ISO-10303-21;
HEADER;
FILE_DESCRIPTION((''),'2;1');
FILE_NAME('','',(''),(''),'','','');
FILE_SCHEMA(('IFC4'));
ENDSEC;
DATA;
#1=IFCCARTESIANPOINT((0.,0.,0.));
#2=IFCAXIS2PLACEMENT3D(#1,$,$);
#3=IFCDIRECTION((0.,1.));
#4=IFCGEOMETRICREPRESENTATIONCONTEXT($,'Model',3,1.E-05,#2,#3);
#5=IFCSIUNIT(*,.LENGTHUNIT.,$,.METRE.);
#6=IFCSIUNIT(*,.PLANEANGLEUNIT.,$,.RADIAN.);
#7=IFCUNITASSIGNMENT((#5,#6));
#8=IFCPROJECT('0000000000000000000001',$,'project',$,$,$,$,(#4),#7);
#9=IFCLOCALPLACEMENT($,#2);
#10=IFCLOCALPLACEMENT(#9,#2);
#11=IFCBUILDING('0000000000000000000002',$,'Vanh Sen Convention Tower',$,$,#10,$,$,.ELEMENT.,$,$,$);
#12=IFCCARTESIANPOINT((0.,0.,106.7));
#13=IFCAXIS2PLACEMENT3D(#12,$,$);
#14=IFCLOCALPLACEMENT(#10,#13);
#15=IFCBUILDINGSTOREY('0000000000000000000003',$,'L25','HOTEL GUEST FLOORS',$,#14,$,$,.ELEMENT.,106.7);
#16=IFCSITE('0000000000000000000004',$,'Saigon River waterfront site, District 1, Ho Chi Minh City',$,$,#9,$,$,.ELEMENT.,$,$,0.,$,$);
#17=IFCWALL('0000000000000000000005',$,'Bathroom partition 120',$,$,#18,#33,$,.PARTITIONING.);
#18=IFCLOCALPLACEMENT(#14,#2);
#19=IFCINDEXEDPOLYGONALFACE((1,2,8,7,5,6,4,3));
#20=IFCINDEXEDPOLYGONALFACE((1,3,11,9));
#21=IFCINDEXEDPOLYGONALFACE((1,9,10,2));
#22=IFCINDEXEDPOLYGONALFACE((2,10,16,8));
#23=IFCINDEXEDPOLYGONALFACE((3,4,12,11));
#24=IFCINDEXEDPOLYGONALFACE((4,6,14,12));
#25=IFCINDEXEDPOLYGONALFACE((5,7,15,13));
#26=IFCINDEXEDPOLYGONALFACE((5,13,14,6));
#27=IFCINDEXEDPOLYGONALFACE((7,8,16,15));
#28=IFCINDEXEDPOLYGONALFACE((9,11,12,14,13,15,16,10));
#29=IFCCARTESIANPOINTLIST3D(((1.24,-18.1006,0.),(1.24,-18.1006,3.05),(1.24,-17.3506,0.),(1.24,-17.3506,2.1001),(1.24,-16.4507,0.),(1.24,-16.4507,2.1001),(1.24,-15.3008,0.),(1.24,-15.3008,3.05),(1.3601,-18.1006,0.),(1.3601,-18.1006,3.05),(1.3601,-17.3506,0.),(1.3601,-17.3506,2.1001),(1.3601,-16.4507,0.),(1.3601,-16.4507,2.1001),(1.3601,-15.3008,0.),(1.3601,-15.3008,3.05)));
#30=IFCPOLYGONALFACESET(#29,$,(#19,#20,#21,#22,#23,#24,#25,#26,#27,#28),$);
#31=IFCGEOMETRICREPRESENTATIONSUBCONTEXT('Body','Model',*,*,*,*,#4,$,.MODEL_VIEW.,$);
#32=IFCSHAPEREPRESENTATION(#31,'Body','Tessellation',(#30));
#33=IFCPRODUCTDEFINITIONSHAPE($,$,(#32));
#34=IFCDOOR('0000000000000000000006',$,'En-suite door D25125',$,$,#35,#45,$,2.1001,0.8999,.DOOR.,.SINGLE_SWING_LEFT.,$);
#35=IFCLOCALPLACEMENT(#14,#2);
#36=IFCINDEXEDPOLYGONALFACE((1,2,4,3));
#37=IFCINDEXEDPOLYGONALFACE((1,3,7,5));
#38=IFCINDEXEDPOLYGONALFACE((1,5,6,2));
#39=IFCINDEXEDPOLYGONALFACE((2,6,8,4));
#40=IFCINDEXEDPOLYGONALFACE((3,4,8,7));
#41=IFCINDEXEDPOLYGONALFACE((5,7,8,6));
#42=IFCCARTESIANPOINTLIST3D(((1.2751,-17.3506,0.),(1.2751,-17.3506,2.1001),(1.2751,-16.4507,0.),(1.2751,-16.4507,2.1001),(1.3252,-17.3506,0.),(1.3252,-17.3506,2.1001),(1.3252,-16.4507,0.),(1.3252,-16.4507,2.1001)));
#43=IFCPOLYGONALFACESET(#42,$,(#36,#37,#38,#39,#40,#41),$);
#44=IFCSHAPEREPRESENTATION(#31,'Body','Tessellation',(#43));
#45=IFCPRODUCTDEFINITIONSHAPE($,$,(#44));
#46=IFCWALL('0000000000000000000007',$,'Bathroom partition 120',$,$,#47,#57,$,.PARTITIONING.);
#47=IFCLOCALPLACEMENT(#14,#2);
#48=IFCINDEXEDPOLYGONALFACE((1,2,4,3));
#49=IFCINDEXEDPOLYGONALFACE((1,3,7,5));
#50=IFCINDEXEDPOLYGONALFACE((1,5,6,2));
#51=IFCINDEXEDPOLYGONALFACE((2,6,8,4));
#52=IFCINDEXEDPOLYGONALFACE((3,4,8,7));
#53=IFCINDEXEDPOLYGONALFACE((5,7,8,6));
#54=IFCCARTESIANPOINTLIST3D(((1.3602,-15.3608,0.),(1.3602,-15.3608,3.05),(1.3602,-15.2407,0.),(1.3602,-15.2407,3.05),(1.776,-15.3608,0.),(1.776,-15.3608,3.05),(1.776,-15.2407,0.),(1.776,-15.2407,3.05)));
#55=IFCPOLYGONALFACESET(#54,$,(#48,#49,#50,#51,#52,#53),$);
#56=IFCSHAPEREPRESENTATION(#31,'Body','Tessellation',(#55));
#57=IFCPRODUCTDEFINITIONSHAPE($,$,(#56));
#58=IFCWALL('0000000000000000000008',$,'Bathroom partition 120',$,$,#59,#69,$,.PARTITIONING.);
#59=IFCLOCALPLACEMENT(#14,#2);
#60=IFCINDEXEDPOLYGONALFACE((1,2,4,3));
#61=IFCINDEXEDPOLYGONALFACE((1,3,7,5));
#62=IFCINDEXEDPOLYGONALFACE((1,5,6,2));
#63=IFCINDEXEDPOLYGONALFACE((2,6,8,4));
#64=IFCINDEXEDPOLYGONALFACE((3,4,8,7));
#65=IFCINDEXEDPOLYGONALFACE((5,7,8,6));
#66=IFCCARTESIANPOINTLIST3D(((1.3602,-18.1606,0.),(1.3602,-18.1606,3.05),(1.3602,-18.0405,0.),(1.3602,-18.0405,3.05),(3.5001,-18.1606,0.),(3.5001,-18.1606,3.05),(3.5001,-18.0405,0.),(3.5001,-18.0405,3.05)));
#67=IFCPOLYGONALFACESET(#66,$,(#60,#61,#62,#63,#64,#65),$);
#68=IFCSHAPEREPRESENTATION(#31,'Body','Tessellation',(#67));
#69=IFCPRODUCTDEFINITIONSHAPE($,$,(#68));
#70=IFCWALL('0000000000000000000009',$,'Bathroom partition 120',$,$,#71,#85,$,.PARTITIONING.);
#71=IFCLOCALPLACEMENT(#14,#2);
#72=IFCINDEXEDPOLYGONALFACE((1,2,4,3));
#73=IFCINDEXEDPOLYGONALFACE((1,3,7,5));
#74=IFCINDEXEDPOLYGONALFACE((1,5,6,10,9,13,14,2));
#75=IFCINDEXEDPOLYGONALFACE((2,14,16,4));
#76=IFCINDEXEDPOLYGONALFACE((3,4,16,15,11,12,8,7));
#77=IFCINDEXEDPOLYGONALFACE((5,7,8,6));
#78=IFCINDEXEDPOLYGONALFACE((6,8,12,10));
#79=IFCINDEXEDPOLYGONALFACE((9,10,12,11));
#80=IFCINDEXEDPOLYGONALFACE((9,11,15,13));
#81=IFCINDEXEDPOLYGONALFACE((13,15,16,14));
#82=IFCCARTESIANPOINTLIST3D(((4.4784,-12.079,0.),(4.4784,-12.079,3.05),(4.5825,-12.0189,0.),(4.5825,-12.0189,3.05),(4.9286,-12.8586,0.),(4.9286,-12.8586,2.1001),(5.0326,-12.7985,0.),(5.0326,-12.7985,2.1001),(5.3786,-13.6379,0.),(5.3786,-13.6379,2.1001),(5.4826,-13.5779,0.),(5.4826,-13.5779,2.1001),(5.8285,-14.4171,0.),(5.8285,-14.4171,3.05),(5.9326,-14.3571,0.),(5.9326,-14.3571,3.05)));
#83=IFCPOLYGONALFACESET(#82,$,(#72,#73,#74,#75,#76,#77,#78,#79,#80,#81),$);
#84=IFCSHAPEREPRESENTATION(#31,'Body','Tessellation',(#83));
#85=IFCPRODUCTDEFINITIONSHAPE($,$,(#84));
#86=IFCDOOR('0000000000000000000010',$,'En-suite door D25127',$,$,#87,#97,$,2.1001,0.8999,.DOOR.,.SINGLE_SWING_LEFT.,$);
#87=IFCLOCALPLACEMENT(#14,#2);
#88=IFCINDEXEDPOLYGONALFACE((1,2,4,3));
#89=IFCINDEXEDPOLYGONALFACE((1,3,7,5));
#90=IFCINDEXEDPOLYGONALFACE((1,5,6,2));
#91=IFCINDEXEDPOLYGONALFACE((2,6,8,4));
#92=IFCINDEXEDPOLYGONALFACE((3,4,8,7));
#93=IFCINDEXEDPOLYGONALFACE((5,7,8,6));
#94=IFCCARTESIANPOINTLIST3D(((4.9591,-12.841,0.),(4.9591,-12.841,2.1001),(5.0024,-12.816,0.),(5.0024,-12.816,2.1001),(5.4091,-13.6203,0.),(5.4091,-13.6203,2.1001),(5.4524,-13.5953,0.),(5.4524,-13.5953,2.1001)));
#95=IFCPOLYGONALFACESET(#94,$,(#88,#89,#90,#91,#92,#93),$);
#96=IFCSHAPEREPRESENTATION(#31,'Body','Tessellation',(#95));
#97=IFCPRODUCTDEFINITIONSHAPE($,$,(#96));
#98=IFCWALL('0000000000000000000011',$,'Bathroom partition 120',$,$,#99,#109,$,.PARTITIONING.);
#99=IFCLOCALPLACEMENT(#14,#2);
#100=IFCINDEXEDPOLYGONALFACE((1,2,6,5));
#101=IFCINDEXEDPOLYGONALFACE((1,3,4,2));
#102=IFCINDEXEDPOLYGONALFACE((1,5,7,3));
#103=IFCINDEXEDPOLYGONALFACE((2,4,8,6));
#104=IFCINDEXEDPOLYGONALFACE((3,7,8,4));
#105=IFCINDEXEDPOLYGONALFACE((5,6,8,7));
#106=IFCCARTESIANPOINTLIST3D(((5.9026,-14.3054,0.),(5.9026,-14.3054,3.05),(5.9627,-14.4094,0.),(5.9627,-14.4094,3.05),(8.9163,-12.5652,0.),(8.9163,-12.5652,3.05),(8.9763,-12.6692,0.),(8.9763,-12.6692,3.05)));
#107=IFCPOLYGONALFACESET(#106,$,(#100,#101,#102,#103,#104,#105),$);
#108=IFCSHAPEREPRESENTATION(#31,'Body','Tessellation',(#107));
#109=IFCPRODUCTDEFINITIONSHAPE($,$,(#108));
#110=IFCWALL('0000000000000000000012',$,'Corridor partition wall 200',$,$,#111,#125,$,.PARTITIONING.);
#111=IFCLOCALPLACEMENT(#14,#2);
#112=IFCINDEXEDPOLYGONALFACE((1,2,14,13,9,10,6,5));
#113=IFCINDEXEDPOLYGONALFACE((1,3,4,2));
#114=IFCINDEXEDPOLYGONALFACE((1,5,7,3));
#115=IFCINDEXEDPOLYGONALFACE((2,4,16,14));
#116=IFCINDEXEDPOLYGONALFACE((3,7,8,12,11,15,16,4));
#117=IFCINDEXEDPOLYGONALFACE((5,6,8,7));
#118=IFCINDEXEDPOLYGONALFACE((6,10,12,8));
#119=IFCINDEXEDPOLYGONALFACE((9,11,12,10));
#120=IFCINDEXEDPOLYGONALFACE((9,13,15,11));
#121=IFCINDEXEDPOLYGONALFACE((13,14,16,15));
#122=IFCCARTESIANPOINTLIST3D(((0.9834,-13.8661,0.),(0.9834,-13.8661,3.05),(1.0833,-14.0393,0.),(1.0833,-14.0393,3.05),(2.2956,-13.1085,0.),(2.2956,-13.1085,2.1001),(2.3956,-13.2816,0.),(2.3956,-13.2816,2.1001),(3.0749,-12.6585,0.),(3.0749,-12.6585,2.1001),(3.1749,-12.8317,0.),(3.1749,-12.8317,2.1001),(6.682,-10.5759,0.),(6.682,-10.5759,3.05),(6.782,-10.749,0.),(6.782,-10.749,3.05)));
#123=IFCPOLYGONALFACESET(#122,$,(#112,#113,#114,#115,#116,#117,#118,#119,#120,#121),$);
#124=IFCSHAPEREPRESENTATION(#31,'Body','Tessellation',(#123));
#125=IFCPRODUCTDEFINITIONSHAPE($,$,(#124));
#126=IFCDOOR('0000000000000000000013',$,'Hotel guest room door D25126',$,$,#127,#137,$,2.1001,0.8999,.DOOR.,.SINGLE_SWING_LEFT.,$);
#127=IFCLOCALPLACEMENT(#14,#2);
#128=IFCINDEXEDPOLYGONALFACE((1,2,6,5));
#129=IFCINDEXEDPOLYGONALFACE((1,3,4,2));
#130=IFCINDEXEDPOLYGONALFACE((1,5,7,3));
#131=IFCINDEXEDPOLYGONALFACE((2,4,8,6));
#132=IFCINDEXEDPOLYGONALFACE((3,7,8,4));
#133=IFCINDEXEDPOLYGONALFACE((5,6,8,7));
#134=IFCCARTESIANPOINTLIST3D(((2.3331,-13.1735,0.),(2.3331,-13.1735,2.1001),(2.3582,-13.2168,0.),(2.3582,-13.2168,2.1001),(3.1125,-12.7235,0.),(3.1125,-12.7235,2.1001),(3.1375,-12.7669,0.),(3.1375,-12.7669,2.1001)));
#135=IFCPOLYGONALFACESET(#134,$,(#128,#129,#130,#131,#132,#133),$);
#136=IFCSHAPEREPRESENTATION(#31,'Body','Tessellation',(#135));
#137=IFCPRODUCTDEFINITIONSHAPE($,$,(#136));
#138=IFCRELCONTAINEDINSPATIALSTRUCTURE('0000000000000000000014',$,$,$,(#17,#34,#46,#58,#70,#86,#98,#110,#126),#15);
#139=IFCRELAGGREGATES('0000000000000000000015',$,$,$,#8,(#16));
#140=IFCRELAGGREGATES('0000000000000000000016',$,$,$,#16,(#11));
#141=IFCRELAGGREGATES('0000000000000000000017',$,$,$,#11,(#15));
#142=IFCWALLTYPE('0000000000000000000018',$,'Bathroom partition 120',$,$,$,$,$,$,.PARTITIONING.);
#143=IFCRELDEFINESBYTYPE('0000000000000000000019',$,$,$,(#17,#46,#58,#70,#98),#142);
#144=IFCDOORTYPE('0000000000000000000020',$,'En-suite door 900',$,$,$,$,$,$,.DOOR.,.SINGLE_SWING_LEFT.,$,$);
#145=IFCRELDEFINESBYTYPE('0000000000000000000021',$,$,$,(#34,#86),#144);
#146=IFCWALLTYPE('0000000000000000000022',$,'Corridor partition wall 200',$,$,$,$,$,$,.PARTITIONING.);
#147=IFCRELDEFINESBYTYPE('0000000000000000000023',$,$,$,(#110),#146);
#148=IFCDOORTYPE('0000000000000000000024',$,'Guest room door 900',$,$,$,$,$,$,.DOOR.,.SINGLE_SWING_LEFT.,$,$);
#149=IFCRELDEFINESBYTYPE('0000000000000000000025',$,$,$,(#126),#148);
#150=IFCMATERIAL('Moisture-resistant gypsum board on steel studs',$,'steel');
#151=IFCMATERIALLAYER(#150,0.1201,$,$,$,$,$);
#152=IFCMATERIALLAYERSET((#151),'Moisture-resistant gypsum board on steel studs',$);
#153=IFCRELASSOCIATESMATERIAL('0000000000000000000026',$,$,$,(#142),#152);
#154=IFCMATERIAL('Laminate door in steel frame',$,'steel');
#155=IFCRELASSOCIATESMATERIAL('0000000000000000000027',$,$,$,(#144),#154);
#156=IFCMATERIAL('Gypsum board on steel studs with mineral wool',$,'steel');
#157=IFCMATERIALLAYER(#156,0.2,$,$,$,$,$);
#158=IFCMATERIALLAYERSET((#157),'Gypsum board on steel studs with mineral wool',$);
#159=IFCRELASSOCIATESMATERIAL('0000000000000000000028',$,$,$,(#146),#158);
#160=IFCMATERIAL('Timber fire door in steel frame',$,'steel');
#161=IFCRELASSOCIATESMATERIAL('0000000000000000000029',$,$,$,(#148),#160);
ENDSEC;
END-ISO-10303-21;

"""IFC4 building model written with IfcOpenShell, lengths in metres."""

from ifc_helpers import new_model, si_unit, direction, frame, frame_2d, origin, place, context, subcontext, project, spatial, rectangle, extrude, material, layer, layer_set, type_object, element, fill, save


model = new_model("IFC4")

# Units and contexts
model_context = context("Model", 3, precision=1e-05, world=origin(), true_north=direction((0.0, 1.0)))
body_context = subcontext(model_context, "Body", "Model", "MODEL_VIEW")
ifc_project = project(units=[si_unit("LENGTHUNIT", "METRE"), si_unit("PLANEANGLEUNIT", "RADIAN")], contexts=[model_context])

# Site, building, storey
site_placement = place(None, origin())
site = spatial("IfcSite", under=ifc_project, at=site_placement, Name="Saigon River waterfront site, District 1, Ho Chi Minh City", CompositionType="ELEMENT", RefElevation=0.0)
building_placement = place(site_placement, origin())
building = spatial("IfcBuilding", under=site, at=building_placement, Name="Vanh Sen Convention Tower", CompositionType="ELEMENT")
storey_placement = place(building_placement, frame((0.0, 0.0, 106.7)))
storey = spatial("IfcBuildingStorey", under=building, at=storey_placement, Name="L25", Description="HOTEL GUEST FLOORS", CompositionType="ELEMENT", Elevation=106.7)

# Wall, opening, door
ifc_material_1 = material(Name="Moisture-resistant gypsum board on steel studs", Category="steel")
ifc_layer_1 = layer(ifc_material_1, 0.1201)
ifc_layer_set_1 = layer_set([ifc_layer_1], Name="Moisture-resistant gypsum board on steel studs")
wall_type_1 = type_object("IfcWallType", Name="Bathroom partition 120", PredefinedType="PARTITIONING", material=ifc_layer_set_1)
wall_1_placement = place(storey_placement, frame((1.3, -18.1006, 0.0), z_axis=(0.0, 0.0, 1.0), x_axis=(0.0, 1.0, 0.0)))
wall_1 = element("IfcWall", 1, at=wall_1_placement, inside=storey, type_object=wall_type_1, Name="Bathroom partition 120", PredefinedType="PARTITIONING", context=body_context, shape_type="SweptSolid", body=[
    extrude(rectangle(XDim=2.7998, YDim=0.1201, at=frame_2d((1.3999, 0.0))), origin(), (0.0, 0.0, 1.0), 3.05),
])
opening_1_placement = place(wall_1_placement, frame((0.75, 0.0, 0.0)))
opening_1 = element("IfcOpeningElement", 2, at=opening_1_placement, cuts=wall_1, PredefinedType="OPENING", context=body_context, shape_type="SweptSolid", body=[
    extrude(rectangle(XDim=0.8999, YDim=2.1001, at=frame_2d((0.45, 1.05))), frame((0.0, 0.0701, 0.0), z_axis=(0.0, -1.0, 0.0), x_axis=(1.0, 0.0, 0.0)), (0.0, 0.0, 1.0), 0.1401),
])
ifc_material_2 = material(Name="Laminate door in steel frame", Category="steel")
door_type_1 = type_object("IfcDoorType", Name="En-suite door 900", OperationType="SINGLE_SWING_LEFT", PredefinedType="DOOR", material=ifc_material_2)
door_1_placement = place(opening_1_placement, origin())
door_1 = element("IfcDoor", 3, at=door_1_placement, inside=storey, type_object=door_type_1, Name="En-suite door D25125", OperationType="SINGLE_SWING_LEFT", OverallHeight=2.1001, OverallWidth=0.8999, PredefinedType="DOOR", context=body_context, shape_type="SweptSolid", body=[
    extrude(rectangle(XDim=0.8999, YDim=2.1001, at=frame_2d((0.45, 1.05))), frame((0.0, 0.0249, 0.0), z_axis=(0.0, -1.0, 0.0), x_axis=(1.0, 0.0, 0.0)), (0.0, 0.0, 1.0), 0.05),
])
fill(opening_1, door_1)

# Walls
wall_2_placement = place(storey_placement, frame((1.3601, -15.3008, 0.0), z_axis=(0.0, 0.0, 1.0), x_axis=(1.0, 0.0, 0.0)))
element("IfcWall", 4, at=wall_2_placement, inside=storey, type_object=wall_type_1, Name="Bathroom partition 120", PredefinedType="PARTITIONING", context=body_context, shape_type="SweptSolid", body=[
    extrude(rectangle(XDim=0.4158, YDim=0.1201, at=frame_2d((0.208, 0.0))), origin(), (0.0, 0.0, 1.0), 3.05),
])
wall_3_placement = place(storey_placement, frame((3.5, -18.1006, 0.0), z_axis=(0.0, 0.0, 1.0), x_axis=(-1.0, 0.0, 0.0)))
element("IfcWall", 5, at=wall_3_placement, inside=storey, type_object=wall_type_1, Name="Bathroom partition 120", PredefinedType="PARTITIONING", context=body_context, shape_type="SweptSolid", body=[
    extrude(rectangle(XDim=2.1399, YDim=0.1201, at=frame_2d((1.0698, 0.0))), origin(), (0.0, 0.0, 1.0), 3.05),
])

# Wall, opening, door
wall_4_placement = place(storey_placement, frame((5.8806, -14.3872, 0.0), z_axis=(0.0, 0.0, 1.0), x_axis=(-0.500049, 0.865997, 0.0)))
wall_4 = element("IfcWall", 6, at=wall_4_placement, inside=storey, type_object=wall_type_1, Name="Bathroom partition 120", PredefinedType="PARTITIONING", context=body_context, shape_type="SweptSolid", body=[
    extrude(rectangle(XDim=2.7, YDim=0.1201, at=frame_2d((1.3501, 0.0))), origin(), (0.0, 0.0, 1.0), 3.05),
])
opening_2_placement = place(wall_4_placement, frame((0.8999, 0.0, 0.0)))
opening_2 = element("IfcOpeningElement", 7, at=opening_2_placement, cuts=wall_4, PredefinedType="OPENING", context=body_context, shape_type="SweptSolid", body=[
    extrude(rectangle(XDim=0.8999, YDim=2.1001, at=frame_2d((0.45, 1.05))), frame((0.0, 0.0701, 0.0), z_axis=(0.0, -1.0, 0.0), x_axis=(1.0, 0.0, 0.0)), (0.0, 0.0, 1.0), 0.1401),
])
door_2_placement = place(opening_2_placement, origin())
door_2 = element("IfcDoor", 8, at=door_2_placement, inside=storey, type_object=door_type_1, Name="En-suite door D25127", OperationType="SINGLE_SWING_LEFT", OverallHeight=2.1001, OverallWidth=0.8999, PredefinedType="DOOR", context=body_context, shape_type="SweptSolid", body=[
    extrude(rectangle(XDim=0.8999, YDim=2.1001, at=frame_2d((0.45, 1.05))), frame((0.0, 0.0249, 0.0), z_axis=(0.0, -1.0, 0.0), x_axis=(1.0, 0.0, 0.0)), (0.0, 0.0, 1.0), 0.05),
])
fill(opening_2, door_2)

# Wall
wall_5_placement = place(storey_placement, frame((8.9463, -12.6172, 0.0), z_axis=(0.0, 0.0, 1.0), x_axis=(-0.865989, -0.500063, 0.0)))
element("IfcWall", 9, at=wall_5_placement, inside=storey, type_object=wall_type_1, Name="Bathroom partition 120", PredefinedType="PARTITIONING", context=body_context, shape_type="SweptSolid", body=[
    extrude(rectangle(XDim=3.48, YDim=0.1201, at=frame_2d((1.74, 0.0))), origin(), (0.0, 0.0, 1.0), 3.05),
])

# Wall, opening, door
ifc_material_3 = material(Name="Gypsum board on steel studs with mineral wool", Category="steel")
ifc_layer_2 = layer(ifc_material_3, 0.2)
ifc_layer_set_2 = layer_set([ifc_layer_2], Name="Gypsum board on steel studs with mineral wool")
wall_type_2 = type_object("IfcWallType", Name="Corridor partition wall 200", PredefinedType="PARTITIONING", material=ifc_layer_set_2)
wall_6_placement = place(storey_placement, frame((1.0334, -13.9526, 0.0), z_axis=(0.0, 0.0, 1.0), x_axis=(0.866018, 0.500014, 0.0)))
wall_6 = element("IfcWall", 10, at=wall_6_placement, inside=storey, type_object=wall_type_2, Name="Corridor partition wall 200", PredefinedType="PARTITIONING", context=body_context, shape_type="SweptSolid", body=[
    extrude(rectangle(XDim=6.5803, YDim=0.2, at=frame_2d((3.29, 0.0))), origin(), (0.0, 0.0, 1.0), 3.05),
])
opening_3_placement = place(wall_6_placement, frame((1.5151, 0.0, 0.0)))
opening_3 = element("IfcOpeningElement", 11, at=opening_3_placement, cuts=wall_6, PredefinedType="OPENING", context=body_context, shape_type="SweptSolid", body=[
    extrude(rectangle(XDim=0.8999, YDim=2.1001, at=frame_2d((0.45, 1.05))), frame((0.0, 0.1099, 0.0), z_axis=(0.0, -1.0, 0.0), x_axis=(1.0, 0.0, 0.0)), (0.0, 0.0, 1.0), 0.22),
])
ifc_material_4 = material(Name="Timber fire door in steel frame", Category="steel")
door_type_2 = type_object("IfcDoorType", Name="Guest room door 900", OperationType="SINGLE_SWING_LEFT", PredefinedType="DOOR", material=ifc_material_4)
door_3_placement = place(opening_3_placement, origin())
door_3 = element("IfcDoor", 12, at=door_3_placement, inside=storey, type_object=door_type_2, Name="Hotel guest room door D25126", OperationType="SINGLE_SWING_LEFT", OverallHeight=2.1001, OverallWidth=0.8999, PredefinedType="DOOR", context=body_context, shape_type="SweptSolid", body=[
    extrude(rectangle(XDim=0.8999, YDim=2.1001, at=frame_2d((0.45, 1.05))), frame((0.0, 0.0249, 0.0), z_axis=(0.0, -1.0, 0.0), x_axis=(1.0, 0.0, 0.0)), (0.0, 0.0, 1.0), 0.05),
])
fill(opening_3, door_3)

save(model, "model.ifc")
